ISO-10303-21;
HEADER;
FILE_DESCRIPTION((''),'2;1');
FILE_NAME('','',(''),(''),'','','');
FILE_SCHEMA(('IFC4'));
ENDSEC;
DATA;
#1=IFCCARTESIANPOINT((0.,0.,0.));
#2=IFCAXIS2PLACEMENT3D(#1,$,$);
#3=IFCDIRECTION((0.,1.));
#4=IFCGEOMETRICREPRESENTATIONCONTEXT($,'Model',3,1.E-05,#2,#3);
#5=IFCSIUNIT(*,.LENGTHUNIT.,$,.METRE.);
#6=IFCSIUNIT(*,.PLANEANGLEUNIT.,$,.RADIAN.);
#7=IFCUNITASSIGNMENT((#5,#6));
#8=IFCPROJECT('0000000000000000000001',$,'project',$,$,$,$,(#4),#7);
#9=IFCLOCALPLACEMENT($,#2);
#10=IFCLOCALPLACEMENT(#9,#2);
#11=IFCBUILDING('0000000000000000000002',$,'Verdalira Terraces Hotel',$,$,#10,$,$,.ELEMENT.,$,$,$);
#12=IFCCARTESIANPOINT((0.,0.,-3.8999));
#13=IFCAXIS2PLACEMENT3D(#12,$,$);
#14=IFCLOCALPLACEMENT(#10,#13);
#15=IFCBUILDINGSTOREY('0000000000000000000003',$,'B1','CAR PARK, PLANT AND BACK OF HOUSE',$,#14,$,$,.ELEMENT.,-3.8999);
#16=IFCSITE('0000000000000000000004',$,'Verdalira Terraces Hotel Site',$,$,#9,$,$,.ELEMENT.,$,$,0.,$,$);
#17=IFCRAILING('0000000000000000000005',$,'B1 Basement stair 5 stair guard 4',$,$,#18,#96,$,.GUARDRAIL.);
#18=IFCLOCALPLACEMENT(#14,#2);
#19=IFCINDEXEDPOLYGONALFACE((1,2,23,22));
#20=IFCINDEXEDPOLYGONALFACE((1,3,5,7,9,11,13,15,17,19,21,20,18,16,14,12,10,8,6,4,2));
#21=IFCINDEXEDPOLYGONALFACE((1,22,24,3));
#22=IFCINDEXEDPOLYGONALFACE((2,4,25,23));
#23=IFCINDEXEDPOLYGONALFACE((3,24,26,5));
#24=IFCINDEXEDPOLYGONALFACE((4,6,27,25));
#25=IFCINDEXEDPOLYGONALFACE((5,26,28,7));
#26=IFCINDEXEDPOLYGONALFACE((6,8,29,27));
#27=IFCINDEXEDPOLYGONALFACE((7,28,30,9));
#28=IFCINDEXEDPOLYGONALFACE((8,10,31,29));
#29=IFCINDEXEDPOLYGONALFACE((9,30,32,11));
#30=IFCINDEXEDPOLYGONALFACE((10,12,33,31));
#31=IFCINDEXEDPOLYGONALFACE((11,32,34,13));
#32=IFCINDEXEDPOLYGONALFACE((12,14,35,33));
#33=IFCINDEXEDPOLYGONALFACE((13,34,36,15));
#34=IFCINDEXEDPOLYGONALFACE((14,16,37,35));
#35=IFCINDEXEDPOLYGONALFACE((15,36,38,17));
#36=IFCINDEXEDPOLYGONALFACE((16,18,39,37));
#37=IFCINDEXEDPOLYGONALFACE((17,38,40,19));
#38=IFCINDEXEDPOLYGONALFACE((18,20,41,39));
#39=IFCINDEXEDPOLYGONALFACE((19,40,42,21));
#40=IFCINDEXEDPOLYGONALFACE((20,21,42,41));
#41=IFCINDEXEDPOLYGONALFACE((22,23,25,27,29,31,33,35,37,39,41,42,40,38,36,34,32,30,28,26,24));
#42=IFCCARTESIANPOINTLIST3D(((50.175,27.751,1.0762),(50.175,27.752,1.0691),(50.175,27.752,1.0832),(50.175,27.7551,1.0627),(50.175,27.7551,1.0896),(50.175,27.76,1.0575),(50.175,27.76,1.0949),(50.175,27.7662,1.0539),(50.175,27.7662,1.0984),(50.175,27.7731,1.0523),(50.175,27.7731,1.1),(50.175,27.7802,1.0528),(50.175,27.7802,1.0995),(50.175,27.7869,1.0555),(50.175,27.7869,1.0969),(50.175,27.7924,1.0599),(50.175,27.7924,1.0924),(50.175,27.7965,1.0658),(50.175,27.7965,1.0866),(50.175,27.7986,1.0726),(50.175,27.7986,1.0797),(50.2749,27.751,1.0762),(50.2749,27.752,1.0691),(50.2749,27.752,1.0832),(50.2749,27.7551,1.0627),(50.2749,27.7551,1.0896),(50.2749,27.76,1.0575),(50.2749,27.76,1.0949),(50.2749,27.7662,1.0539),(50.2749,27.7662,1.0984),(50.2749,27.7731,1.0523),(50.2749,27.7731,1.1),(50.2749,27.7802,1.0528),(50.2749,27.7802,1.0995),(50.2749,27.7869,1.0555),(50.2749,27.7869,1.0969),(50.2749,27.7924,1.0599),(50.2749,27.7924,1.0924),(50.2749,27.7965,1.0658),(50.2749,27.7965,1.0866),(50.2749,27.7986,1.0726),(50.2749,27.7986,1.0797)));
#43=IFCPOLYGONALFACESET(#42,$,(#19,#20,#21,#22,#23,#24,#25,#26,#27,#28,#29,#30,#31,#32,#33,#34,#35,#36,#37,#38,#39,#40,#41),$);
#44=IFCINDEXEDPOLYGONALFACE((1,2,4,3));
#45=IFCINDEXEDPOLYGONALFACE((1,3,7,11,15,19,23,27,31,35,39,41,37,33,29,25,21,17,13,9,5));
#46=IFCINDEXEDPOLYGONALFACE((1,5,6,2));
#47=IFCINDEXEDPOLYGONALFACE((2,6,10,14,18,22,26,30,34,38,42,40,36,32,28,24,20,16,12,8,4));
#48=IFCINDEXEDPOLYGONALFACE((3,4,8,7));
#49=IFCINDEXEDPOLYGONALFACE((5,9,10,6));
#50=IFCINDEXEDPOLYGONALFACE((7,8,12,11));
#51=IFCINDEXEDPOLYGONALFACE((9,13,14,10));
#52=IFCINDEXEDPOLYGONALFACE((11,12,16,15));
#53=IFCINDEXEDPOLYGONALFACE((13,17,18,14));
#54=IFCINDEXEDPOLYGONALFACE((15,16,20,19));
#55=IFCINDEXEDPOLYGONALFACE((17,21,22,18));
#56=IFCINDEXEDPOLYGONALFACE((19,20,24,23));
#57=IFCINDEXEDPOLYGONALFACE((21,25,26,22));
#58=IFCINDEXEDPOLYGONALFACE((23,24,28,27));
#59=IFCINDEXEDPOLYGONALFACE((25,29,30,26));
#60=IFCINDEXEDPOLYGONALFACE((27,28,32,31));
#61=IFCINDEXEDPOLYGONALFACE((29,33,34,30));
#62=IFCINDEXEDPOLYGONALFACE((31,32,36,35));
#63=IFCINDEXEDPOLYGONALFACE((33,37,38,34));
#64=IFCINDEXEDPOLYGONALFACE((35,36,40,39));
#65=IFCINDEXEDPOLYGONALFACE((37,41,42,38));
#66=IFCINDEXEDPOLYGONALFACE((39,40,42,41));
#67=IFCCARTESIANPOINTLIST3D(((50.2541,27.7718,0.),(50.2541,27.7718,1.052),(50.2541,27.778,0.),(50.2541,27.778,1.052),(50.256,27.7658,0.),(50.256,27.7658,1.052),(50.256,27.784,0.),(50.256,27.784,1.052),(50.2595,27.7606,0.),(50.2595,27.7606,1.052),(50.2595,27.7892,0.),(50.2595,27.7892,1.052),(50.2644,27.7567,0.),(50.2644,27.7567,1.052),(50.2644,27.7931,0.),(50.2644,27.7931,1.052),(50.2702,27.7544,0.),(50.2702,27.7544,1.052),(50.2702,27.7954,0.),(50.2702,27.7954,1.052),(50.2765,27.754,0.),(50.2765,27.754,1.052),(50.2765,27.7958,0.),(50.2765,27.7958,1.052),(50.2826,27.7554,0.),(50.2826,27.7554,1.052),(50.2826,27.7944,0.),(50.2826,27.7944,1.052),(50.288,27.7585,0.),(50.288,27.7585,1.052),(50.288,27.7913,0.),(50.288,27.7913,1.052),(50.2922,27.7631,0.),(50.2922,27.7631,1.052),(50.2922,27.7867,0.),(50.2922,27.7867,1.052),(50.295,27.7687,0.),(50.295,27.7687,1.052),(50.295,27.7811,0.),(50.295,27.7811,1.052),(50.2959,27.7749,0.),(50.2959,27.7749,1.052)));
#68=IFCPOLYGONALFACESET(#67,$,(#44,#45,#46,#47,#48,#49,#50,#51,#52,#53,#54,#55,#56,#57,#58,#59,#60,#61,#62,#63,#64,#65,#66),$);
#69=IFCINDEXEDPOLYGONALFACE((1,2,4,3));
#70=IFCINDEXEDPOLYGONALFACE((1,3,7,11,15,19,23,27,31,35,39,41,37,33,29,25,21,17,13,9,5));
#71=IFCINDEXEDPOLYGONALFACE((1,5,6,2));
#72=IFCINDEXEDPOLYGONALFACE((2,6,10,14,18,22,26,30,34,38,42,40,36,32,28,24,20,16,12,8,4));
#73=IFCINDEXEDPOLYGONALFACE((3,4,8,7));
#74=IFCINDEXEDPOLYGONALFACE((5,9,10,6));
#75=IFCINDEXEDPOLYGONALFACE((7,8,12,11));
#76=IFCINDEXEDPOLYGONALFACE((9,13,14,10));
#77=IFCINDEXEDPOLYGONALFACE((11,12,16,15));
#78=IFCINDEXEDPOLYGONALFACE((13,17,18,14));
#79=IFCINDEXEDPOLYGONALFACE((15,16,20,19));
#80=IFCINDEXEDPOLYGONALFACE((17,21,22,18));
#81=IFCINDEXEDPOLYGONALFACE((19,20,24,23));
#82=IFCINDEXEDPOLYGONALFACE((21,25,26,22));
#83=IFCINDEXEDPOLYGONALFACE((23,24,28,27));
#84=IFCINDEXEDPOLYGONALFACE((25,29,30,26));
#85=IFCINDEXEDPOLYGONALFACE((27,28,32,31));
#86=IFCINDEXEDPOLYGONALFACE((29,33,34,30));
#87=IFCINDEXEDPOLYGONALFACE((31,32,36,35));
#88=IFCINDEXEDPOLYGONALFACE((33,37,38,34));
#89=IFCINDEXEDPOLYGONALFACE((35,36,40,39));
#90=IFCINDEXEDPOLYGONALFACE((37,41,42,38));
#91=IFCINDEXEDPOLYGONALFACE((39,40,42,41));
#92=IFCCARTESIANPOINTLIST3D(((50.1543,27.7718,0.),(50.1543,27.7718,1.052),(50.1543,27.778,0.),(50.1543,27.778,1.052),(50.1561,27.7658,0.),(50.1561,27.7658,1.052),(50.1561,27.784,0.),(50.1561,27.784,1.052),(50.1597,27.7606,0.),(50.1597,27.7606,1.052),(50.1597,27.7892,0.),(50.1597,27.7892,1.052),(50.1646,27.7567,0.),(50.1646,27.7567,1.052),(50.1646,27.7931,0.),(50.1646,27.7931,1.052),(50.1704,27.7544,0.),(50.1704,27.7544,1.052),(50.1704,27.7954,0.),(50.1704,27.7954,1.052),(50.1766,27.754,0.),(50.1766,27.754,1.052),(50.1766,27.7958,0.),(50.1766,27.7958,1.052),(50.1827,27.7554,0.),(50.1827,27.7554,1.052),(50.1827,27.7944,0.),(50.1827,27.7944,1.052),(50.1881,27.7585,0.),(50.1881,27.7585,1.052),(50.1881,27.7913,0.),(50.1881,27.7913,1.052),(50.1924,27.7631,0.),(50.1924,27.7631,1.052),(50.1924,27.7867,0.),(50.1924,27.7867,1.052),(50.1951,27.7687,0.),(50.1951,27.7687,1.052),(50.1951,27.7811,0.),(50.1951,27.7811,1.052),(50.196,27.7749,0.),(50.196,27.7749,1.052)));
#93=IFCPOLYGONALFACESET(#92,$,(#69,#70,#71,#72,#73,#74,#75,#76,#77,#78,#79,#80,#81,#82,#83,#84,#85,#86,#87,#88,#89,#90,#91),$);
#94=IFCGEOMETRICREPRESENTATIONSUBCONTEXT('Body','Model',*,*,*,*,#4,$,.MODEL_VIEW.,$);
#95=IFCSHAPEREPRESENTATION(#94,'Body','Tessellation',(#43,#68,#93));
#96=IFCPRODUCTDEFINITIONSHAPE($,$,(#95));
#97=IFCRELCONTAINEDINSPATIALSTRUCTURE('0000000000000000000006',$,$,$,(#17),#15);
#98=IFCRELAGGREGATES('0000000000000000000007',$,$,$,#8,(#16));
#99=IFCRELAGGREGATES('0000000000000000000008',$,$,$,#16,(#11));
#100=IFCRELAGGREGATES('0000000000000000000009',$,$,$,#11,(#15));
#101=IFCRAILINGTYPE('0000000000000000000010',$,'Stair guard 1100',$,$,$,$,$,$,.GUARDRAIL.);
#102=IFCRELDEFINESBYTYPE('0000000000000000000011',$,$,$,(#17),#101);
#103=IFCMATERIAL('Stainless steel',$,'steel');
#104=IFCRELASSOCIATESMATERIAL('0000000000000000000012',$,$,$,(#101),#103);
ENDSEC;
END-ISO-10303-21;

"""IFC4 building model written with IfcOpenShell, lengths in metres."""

from ifc_helpers import new_model, si_unit, direction, frame, origin, origin_2d, place, context, subcontext, project, spatial, circle, extrude, material, type_object, element, save


model = new_model("IFC4")

# Units and contexts
model_context = context("Model", 3, precision=1e-05, world=origin(), true_north=direction((0.0, 1.0)))
body_context = subcontext(model_context, "Body", "Model", "MODEL_VIEW")
ifc_project = project(units=[si_unit("LENGTHUNIT", "METRE"), si_unit("PLANEANGLEUNIT", "RADIAN")], contexts=[model_context])

# Site, building, storey
site_placement = place(None, origin())
site = spatial("IfcSite", under=ifc_project, at=site_placement, Name="Verdalira Terraces Hotel Site", CompositionType="ELEMENT", RefElevation=0.0)
building_placement = place(site_placement, origin())
building = spatial("IfcBuilding", under=site, at=building_placement, Name="Verdalira Terraces Hotel", CompositionType="ELEMENT")
storey_placement = place(building_placement, frame((0.0, 0.0, -3.8999)))
storey = spatial("IfcBuildingStorey", under=building, at=storey_placement, Name="B1", Description="CAR PARK, PLANT AND BACK OF HOUSE", CompositionType="ELEMENT", Elevation=-3.8999)

# Railing
ifc_material_1 = material(Name="Stainless steel", Category="steel")
railing_type_1 = type_object("IfcRailingType", Name="Stair guard 1100", PredefinedType="GUARDRAIL", material=ifc_material_1)
railing_1_placement = place(storey_placement, frame((50.2749, 27.7749, 0.0)))
element("IfcRailing", 1, at=railing_1_placement, inside=storey, type_object=railing_type_1, Name="B1 Basement stair 5 stair guard 4", PredefinedType="GUARDRAIL", context=body_context, shape_type="SweptSolid", body=[
    extrude(circle(Radius=0.0239, at=origin_2d()), frame((0.0, 0.0, 1.0762), z_axis=(-1.0, 0.0, 0.0), x_axis=(0.0, -1.0, 0.0)), (0.0, 0.0, 1.0), 0.0999),
    extrude(circle(Radius=0.021, at=origin_2d()), origin(), (0.0, 0.0, 1.0), 1.052),
    extrude(circle(Radius=0.021, at=origin_2d()), frame((-0.0999, 0.0, 0.0)), (0.0, 0.0, 1.0), 1.052),
])

save(model, "model.ifc")
